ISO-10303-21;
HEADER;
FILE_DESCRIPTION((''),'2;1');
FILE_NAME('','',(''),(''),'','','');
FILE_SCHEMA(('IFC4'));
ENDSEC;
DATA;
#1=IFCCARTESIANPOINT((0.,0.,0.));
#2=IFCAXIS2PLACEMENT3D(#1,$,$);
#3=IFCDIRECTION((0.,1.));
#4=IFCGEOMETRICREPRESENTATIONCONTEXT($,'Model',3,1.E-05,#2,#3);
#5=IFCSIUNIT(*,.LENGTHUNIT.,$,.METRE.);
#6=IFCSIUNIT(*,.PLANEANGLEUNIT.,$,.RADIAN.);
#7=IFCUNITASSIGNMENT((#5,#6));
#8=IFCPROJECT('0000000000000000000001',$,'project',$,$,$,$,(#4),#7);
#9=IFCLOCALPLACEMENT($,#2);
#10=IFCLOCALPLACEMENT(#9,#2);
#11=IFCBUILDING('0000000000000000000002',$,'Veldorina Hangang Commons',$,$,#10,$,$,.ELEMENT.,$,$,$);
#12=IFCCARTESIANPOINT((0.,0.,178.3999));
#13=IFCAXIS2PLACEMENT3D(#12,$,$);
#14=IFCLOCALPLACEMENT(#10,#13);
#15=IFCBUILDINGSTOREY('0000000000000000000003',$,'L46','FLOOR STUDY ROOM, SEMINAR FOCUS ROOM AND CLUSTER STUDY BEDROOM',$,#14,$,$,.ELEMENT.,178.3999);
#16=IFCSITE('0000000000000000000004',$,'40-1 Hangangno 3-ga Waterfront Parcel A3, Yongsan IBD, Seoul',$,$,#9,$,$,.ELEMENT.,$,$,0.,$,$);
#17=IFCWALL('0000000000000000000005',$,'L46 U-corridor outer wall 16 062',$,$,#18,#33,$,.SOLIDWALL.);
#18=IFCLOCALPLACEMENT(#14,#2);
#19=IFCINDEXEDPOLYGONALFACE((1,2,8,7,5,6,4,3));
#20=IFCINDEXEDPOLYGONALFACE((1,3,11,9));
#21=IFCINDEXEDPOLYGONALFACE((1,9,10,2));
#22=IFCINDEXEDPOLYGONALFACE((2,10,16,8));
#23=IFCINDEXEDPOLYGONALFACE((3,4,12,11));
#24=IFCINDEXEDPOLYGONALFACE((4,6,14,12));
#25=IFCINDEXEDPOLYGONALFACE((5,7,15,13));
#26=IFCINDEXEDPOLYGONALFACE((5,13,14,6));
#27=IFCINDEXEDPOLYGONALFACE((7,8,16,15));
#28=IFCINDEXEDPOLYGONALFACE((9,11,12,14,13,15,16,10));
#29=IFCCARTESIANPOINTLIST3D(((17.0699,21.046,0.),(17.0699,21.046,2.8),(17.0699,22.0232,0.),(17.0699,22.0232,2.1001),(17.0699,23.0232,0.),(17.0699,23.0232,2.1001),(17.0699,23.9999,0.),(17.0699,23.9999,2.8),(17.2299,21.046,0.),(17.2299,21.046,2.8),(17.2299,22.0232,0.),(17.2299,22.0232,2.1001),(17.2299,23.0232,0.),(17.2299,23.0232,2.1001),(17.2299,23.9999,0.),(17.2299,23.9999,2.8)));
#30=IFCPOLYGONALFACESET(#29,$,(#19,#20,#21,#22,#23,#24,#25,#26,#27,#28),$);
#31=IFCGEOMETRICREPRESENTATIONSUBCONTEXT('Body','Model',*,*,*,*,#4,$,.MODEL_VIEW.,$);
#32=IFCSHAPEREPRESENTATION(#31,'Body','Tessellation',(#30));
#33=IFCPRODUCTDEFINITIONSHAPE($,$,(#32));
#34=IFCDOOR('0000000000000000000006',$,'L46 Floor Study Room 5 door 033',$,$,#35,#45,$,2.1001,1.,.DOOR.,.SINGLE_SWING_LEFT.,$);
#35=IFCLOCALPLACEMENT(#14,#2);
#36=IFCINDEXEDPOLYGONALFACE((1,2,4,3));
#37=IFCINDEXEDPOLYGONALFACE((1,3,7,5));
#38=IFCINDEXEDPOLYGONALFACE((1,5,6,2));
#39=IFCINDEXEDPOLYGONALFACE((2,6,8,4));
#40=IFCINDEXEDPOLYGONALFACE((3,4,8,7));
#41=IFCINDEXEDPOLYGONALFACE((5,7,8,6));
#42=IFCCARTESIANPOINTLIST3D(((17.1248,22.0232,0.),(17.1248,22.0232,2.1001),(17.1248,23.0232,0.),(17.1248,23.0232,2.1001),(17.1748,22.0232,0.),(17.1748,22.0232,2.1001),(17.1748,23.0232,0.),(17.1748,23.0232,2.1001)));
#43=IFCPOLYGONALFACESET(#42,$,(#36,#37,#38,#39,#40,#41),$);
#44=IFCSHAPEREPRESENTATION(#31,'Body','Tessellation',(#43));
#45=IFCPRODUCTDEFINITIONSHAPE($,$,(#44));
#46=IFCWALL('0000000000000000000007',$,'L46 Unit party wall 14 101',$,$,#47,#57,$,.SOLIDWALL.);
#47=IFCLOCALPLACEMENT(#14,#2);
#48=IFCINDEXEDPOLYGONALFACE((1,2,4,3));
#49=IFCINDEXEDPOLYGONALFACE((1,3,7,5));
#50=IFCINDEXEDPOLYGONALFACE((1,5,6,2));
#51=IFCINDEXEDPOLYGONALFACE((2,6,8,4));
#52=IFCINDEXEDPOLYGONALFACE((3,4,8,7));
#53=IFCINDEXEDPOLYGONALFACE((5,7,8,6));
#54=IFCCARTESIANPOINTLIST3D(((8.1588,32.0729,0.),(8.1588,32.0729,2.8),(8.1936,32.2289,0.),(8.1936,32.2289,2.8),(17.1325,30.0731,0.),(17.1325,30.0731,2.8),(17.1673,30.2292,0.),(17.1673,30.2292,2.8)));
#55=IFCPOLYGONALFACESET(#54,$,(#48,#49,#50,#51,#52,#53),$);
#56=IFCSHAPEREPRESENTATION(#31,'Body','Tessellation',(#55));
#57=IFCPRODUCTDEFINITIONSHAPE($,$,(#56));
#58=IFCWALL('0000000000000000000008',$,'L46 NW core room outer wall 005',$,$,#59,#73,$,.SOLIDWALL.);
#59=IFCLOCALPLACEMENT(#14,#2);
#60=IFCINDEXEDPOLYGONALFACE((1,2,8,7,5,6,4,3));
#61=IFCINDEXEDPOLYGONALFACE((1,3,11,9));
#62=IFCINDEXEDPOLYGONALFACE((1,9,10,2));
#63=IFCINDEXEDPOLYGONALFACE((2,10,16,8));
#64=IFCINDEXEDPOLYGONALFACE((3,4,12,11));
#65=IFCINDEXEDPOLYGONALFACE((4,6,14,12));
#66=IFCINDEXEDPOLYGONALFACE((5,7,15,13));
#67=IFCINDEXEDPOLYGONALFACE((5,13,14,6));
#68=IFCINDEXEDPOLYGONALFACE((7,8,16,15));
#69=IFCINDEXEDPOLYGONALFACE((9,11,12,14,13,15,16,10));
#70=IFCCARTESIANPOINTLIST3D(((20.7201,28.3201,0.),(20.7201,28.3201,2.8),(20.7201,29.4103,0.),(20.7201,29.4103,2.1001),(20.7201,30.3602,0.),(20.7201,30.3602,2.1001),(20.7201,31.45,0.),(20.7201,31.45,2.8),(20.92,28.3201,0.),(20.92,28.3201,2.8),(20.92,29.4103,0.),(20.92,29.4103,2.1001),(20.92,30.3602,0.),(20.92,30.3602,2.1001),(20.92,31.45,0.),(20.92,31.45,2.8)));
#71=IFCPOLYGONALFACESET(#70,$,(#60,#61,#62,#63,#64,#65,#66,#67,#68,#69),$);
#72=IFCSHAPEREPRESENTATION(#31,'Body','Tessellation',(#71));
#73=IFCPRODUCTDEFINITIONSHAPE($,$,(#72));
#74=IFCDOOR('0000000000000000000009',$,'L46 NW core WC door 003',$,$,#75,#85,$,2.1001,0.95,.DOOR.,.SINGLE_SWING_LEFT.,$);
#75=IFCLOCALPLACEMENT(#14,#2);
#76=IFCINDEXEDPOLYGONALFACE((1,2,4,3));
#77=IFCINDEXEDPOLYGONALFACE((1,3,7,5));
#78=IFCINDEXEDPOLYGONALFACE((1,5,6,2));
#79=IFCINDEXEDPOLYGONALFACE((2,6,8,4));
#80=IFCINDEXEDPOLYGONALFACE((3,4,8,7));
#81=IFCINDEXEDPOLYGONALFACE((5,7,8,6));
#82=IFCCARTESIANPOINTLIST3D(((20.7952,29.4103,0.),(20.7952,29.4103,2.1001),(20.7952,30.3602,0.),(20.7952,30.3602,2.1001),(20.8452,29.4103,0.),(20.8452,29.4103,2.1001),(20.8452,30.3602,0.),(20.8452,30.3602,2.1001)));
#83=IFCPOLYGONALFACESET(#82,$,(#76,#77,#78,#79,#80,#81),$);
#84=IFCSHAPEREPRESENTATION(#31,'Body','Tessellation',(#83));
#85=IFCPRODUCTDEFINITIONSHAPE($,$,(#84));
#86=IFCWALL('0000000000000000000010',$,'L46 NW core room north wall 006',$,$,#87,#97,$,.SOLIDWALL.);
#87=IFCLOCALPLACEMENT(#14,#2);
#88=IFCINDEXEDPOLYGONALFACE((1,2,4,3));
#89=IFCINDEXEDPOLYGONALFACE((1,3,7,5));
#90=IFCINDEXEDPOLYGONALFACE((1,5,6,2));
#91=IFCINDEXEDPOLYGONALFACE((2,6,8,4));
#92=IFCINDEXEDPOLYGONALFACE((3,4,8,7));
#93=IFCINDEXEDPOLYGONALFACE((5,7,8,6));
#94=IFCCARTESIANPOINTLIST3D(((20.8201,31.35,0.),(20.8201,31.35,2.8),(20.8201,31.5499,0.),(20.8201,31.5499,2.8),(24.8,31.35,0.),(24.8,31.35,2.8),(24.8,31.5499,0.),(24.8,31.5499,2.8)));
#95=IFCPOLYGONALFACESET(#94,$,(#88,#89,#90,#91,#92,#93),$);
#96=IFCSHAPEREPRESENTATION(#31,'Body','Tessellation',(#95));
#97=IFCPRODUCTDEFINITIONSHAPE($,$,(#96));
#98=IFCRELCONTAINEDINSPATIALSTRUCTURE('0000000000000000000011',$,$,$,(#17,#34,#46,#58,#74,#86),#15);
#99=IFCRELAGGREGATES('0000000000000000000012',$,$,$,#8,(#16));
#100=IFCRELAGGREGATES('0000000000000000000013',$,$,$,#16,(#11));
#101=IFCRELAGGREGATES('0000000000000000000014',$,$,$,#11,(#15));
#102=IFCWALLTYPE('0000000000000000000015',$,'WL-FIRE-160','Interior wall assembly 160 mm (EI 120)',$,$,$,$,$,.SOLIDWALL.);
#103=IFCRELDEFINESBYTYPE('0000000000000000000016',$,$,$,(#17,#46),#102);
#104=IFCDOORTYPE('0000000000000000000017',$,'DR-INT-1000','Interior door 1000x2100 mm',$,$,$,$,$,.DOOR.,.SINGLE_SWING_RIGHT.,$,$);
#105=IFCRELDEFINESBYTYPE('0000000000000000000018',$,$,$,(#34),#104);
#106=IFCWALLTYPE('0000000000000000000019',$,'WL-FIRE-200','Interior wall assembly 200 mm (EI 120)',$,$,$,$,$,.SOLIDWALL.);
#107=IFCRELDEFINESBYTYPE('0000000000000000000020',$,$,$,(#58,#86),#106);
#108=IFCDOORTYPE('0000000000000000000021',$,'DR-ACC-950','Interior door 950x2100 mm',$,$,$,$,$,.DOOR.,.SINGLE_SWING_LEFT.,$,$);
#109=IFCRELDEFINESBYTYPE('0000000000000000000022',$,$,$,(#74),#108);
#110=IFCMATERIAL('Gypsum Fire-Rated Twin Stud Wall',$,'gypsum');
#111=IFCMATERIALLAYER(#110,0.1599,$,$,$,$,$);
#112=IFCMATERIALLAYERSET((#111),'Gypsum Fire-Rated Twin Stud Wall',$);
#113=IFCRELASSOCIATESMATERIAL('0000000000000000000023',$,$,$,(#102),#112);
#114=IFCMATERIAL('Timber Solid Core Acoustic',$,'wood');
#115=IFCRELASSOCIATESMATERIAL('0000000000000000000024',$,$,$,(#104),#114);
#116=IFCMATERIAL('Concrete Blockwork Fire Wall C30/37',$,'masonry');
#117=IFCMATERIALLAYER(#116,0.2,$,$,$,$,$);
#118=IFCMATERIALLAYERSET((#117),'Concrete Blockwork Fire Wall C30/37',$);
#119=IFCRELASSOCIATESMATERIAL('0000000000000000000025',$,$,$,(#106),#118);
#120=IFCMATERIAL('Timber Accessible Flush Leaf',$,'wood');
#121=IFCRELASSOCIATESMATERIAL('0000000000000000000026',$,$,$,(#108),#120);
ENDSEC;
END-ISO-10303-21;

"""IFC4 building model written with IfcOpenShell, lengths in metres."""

from ifc_helpers import new_model, si_unit, direction, frame, frame_2d, origin, place, context, subcontext, project, spatial, rectangle, extrude, material, layer, layer_set, type_object, element, fill, save


model = new_model("IFC4")

# Units and contexts
model_context = context("Model", 3, precision=1e-05, world=origin(), true_north=direction((0.0, 1.0)))
body_context = subcontext(model_context, "Body", "Model", "MODEL_VIEW")
ifc_project = project(units=[si_unit("LENGTHUNIT", "METRE"), si_unit("PLANEANGLEUNIT", "RADIAN")], contexts=[model_context])

# Site, building, storey
site_placement = place(None, origin())
site = spatial("IfcSite", under=ifc_project, at=site_placement, Name="40-1 Hangangno 3-ga Waterfront Parcel A3, Yongsan IBD, Seoul", CompositionType="ELEMENT", RefElevation=0.0)
building_placement = place(site_placement, origin())
building = spatial("IfcBuilding", under=site, at=building_placement, Name="Veldorina Hangang Commons", CompositionType="ELEMENT")
storey_placement = place(building_placement, frame((0.0, 0.0, 178.3999)))
storey = spatial("IfcBuildingStorey", under=building, at=storey_placement, Name="L46", Description="FLOOR STUDY ROOM, SEMINAR FOCUS ROOM AND CLUSTER STUDY BEDROOM", CompositionType="ELEMENT", Elevation=178.3999)

# Shared definitions
ifc_material_1 = material(Name="Gypsum Fire-Rated Twin Stud Wall", Category="gypsum")
ifc_layer_1 = layer(ifc_material_1, 0.1599)
ifc_layer_set_1 = layer_set([ifc_layer_1], Name="Gypsum Fire-Rated Twin Stud Wall")
wall_type_1 = type_object("IfcWallType", Name="WL-FIRE-160", Description="Interior wall assembly 160 mm (EI 120)", PredefinedType="SOLIDWALL", material=ifc_layer_set_1)

# Wall, opening, door
wall_1_placement = place(storey_placement, frame((17.1499, 24.0, 0.0), z_axis=(0.0, 0.0, 1.0), x_axis=(0.0, -1.0, 0.0)))
wall_1 = element("IfcWall", 1, at=wall_1_placement, inside=storey, type_object=wall_type_1, Name="L46 U-corridor outer wall 16 062", PredefinedType="SOLIDWALL", context=body_context, shape_type="SweptSolid", body=[
    extrude(rectangle(XDim=2.9539, YDim=0.1599, at=frame_2d((1.4771, 0.0))), origin(), (0.0, 0.0, 1.0), 2.8),
])
opening_1_placement = place(wall_1_placement, frame((0.9768, 0.0, 0.0)))
opening_1 = element("IfcOpeningElement", 2, at=opening_1_placement, cuts=wall_1, PredefinedType="OPENING", context=body_context, shape_type="SweptSolid", body=[
    extrude(rectangle(XDim=1.0, YDim=2.1001, at=frame_2d((0.5, 1.05))), frame((0.0, 0.0898, 0.0), z_axis=(0.0, -1.0, 0.0), x_axis=(1.0, 0.0, 0.0)), (0.0, 0.0, 1.0), 0.1799),
])
ifc_material_2 = material(Name="Timber Solid Core Acoustic", Category="wood")
door_type_1 = type_object("IfcDoorType", Name="DR-INT-1000", Description="Interior door 1000x2100 mm", OperationType="SINGLE_SWING_RIGHT", PredefinedType="DOOR", material=ifc_material_2)
door_1_placement = place(opening_1_placement, origin())
door_1 = element("IfcDoor", 3, at=door_1_placement, inside=storey, type_object=door_type_1, Name="L46 Floor Study Room 5 door 033", OperationType="SINGLE_SWING_LEFT", OverallHeight=2.1001, OverallWidth=1.0, PredefinedType="DOOR", context=body_context, shape_type="SweptSolid", body=[
    extrude(rectangle(XDim=1.0, YDim=2.1001, at=frame_2d((0.5, 1.05))), frame((0.0, 0.0249, 0.0), z_axis=(0.0, -1.0, 0.0), x_axis=(1.0, 0.0, 0.0)), (0.0, 0.0, 1.0), 0.05),
])
fill(opening_1, door_1)

# Wall
wall_2_placement = place(storey_placement, frame((17.1499, 30.1511, 0.0), z_axis=(0.0, 0.0, 1.0), x_axis=(-0.976058, 0.217512, 0.0)))
element("IfcWall", 4, at=wall_2_placement, inside=storey, type_object=wall_type_1, Name="L46 Unit party wall 14 101", PredefinedType="SOLIDWALL", context=body_context, shape_type="SweptSolid", body=[
    extrude(rectangle(XDim=9.1938, YDim=0.1599, at=frame_2d((4.5969, 0.0))), origin(), (0.0, 0.0, 1.0), 2.8),
])

# Wall, opening, door
ifc_material_3 = material(Name="Concrete Blockwork Fire Wall C30/37", Category="masonry")
ifc_layer_2 = layer(ifc_material_3, 0.2)
ifc_layer_set_2 = layer_set([ifc_layer_2], Name="Concrete Blockwork Fire Wall C30/37")
wall_type_2 = type_object("IfcWallType", Name="WL-FIRE-200", Description="Interior wall assembly 200 mm (EI 120)", PredefinedType="SOLIDWALL", material=ifc_layer_set_2)
wall_3_placement = place(storey_placement, frame((20.8201, 28.3201, 0.0), z_axis=(0.0, 0.0, 1.0), x_axis=(0.0, 1.0, 0.0)))
wall_3 = element("IfcWall", 5, at=wall_3_placement, inside=storey, type_object=wall_type_2, Name="L46 NW core room outer wall 005", PredefinedType="SOLIDWALL", context=body_context, shape_type="SweptSolid", body=[
    extrude(rectangle(XDim=3.1299, YDim=0.2, at=frame_2d((1.5649, 0.0))), origin(), (0.0, 0.0, 1.0), 2.8),
])
opening_2_placement = place(wall_3_placement, frame((1.0901, 0.0, 0.0)))
opening_2 = element("IfcOpeningElement", 6, at=opening_2_placement, cuts=wall_3, PredefinedType="OPENING", context=body_context, shape_type="SweptSolid", body=[
    extrude(rectangle(XDim=0.95, YDim=2.1001, at=frame_2d((0.4751, 1.05))), frame((0.0, 0.1099, 0.0), z_axis=(0.0, -1.0, 0.0), x_axis=(1.0, 0.0, 0.0)), (0.0, 0.0, 1.0), 0.22),
])
ifc_material_4 = material(Name="Timber Accessible Flush Leaf", Category="wood")
door_type_2 = type_object("IfcDoorType", Name="DR-ACC-950", Description="Interior door 950x2100 mm", OperationType="SINGLE_SWING_LEFT", PredefinedType="DOOR", material=ifc_material_4)
door_2_placement = place(opening_2_placement, origin())
door_2 = element("IfcDoor", 7, at=door_2_placement, inside=storey, type_object=door_type_2, Name="L46 NW core WC door 003", OperationType="SINGLE_SWING_LEFT", OverallHeight=2.1001, OverallWidth=0.95, PredefinedType="DOOR", context=body_context, shape_type="SweptSolid", body=[
    extrude(rectangle(XDim=0.95, YDim=2.1001, at=frame_2d((0.4751, 1.05))), frame((0.0, 0.0249, 0.0), z_axis=(0.0, -1.0, 0.0), x_axis=(1.0, 0.0, 0.0)), (0.0, 0.0, 1.0), 0.05),
])
fill(opening_2, door_2)

# Wall
wall_4_placement = place(storey_placement, frame((20.8201, 31.45, 0.0), z_axis=(0.0, 0.0, 1.0), x_axis=(1.0, 0.0, 0.0)))
element("IfcWall", 8, at=wall_4_placement, inside=storey, type_object=wall_type_2, Name="L46 NW core room north wall 006", PredefinedType="SOLIDWALL", context=body_context, shape_type="SweptSolid", body=[
    extrude(rectangle(XDim=3.98, YDim=0.2, at=frame_2d((1.99, 0.0))), origin(), (0.0, 0.0, 1.0), 2.8),
])

save(model, "model.ifc")
